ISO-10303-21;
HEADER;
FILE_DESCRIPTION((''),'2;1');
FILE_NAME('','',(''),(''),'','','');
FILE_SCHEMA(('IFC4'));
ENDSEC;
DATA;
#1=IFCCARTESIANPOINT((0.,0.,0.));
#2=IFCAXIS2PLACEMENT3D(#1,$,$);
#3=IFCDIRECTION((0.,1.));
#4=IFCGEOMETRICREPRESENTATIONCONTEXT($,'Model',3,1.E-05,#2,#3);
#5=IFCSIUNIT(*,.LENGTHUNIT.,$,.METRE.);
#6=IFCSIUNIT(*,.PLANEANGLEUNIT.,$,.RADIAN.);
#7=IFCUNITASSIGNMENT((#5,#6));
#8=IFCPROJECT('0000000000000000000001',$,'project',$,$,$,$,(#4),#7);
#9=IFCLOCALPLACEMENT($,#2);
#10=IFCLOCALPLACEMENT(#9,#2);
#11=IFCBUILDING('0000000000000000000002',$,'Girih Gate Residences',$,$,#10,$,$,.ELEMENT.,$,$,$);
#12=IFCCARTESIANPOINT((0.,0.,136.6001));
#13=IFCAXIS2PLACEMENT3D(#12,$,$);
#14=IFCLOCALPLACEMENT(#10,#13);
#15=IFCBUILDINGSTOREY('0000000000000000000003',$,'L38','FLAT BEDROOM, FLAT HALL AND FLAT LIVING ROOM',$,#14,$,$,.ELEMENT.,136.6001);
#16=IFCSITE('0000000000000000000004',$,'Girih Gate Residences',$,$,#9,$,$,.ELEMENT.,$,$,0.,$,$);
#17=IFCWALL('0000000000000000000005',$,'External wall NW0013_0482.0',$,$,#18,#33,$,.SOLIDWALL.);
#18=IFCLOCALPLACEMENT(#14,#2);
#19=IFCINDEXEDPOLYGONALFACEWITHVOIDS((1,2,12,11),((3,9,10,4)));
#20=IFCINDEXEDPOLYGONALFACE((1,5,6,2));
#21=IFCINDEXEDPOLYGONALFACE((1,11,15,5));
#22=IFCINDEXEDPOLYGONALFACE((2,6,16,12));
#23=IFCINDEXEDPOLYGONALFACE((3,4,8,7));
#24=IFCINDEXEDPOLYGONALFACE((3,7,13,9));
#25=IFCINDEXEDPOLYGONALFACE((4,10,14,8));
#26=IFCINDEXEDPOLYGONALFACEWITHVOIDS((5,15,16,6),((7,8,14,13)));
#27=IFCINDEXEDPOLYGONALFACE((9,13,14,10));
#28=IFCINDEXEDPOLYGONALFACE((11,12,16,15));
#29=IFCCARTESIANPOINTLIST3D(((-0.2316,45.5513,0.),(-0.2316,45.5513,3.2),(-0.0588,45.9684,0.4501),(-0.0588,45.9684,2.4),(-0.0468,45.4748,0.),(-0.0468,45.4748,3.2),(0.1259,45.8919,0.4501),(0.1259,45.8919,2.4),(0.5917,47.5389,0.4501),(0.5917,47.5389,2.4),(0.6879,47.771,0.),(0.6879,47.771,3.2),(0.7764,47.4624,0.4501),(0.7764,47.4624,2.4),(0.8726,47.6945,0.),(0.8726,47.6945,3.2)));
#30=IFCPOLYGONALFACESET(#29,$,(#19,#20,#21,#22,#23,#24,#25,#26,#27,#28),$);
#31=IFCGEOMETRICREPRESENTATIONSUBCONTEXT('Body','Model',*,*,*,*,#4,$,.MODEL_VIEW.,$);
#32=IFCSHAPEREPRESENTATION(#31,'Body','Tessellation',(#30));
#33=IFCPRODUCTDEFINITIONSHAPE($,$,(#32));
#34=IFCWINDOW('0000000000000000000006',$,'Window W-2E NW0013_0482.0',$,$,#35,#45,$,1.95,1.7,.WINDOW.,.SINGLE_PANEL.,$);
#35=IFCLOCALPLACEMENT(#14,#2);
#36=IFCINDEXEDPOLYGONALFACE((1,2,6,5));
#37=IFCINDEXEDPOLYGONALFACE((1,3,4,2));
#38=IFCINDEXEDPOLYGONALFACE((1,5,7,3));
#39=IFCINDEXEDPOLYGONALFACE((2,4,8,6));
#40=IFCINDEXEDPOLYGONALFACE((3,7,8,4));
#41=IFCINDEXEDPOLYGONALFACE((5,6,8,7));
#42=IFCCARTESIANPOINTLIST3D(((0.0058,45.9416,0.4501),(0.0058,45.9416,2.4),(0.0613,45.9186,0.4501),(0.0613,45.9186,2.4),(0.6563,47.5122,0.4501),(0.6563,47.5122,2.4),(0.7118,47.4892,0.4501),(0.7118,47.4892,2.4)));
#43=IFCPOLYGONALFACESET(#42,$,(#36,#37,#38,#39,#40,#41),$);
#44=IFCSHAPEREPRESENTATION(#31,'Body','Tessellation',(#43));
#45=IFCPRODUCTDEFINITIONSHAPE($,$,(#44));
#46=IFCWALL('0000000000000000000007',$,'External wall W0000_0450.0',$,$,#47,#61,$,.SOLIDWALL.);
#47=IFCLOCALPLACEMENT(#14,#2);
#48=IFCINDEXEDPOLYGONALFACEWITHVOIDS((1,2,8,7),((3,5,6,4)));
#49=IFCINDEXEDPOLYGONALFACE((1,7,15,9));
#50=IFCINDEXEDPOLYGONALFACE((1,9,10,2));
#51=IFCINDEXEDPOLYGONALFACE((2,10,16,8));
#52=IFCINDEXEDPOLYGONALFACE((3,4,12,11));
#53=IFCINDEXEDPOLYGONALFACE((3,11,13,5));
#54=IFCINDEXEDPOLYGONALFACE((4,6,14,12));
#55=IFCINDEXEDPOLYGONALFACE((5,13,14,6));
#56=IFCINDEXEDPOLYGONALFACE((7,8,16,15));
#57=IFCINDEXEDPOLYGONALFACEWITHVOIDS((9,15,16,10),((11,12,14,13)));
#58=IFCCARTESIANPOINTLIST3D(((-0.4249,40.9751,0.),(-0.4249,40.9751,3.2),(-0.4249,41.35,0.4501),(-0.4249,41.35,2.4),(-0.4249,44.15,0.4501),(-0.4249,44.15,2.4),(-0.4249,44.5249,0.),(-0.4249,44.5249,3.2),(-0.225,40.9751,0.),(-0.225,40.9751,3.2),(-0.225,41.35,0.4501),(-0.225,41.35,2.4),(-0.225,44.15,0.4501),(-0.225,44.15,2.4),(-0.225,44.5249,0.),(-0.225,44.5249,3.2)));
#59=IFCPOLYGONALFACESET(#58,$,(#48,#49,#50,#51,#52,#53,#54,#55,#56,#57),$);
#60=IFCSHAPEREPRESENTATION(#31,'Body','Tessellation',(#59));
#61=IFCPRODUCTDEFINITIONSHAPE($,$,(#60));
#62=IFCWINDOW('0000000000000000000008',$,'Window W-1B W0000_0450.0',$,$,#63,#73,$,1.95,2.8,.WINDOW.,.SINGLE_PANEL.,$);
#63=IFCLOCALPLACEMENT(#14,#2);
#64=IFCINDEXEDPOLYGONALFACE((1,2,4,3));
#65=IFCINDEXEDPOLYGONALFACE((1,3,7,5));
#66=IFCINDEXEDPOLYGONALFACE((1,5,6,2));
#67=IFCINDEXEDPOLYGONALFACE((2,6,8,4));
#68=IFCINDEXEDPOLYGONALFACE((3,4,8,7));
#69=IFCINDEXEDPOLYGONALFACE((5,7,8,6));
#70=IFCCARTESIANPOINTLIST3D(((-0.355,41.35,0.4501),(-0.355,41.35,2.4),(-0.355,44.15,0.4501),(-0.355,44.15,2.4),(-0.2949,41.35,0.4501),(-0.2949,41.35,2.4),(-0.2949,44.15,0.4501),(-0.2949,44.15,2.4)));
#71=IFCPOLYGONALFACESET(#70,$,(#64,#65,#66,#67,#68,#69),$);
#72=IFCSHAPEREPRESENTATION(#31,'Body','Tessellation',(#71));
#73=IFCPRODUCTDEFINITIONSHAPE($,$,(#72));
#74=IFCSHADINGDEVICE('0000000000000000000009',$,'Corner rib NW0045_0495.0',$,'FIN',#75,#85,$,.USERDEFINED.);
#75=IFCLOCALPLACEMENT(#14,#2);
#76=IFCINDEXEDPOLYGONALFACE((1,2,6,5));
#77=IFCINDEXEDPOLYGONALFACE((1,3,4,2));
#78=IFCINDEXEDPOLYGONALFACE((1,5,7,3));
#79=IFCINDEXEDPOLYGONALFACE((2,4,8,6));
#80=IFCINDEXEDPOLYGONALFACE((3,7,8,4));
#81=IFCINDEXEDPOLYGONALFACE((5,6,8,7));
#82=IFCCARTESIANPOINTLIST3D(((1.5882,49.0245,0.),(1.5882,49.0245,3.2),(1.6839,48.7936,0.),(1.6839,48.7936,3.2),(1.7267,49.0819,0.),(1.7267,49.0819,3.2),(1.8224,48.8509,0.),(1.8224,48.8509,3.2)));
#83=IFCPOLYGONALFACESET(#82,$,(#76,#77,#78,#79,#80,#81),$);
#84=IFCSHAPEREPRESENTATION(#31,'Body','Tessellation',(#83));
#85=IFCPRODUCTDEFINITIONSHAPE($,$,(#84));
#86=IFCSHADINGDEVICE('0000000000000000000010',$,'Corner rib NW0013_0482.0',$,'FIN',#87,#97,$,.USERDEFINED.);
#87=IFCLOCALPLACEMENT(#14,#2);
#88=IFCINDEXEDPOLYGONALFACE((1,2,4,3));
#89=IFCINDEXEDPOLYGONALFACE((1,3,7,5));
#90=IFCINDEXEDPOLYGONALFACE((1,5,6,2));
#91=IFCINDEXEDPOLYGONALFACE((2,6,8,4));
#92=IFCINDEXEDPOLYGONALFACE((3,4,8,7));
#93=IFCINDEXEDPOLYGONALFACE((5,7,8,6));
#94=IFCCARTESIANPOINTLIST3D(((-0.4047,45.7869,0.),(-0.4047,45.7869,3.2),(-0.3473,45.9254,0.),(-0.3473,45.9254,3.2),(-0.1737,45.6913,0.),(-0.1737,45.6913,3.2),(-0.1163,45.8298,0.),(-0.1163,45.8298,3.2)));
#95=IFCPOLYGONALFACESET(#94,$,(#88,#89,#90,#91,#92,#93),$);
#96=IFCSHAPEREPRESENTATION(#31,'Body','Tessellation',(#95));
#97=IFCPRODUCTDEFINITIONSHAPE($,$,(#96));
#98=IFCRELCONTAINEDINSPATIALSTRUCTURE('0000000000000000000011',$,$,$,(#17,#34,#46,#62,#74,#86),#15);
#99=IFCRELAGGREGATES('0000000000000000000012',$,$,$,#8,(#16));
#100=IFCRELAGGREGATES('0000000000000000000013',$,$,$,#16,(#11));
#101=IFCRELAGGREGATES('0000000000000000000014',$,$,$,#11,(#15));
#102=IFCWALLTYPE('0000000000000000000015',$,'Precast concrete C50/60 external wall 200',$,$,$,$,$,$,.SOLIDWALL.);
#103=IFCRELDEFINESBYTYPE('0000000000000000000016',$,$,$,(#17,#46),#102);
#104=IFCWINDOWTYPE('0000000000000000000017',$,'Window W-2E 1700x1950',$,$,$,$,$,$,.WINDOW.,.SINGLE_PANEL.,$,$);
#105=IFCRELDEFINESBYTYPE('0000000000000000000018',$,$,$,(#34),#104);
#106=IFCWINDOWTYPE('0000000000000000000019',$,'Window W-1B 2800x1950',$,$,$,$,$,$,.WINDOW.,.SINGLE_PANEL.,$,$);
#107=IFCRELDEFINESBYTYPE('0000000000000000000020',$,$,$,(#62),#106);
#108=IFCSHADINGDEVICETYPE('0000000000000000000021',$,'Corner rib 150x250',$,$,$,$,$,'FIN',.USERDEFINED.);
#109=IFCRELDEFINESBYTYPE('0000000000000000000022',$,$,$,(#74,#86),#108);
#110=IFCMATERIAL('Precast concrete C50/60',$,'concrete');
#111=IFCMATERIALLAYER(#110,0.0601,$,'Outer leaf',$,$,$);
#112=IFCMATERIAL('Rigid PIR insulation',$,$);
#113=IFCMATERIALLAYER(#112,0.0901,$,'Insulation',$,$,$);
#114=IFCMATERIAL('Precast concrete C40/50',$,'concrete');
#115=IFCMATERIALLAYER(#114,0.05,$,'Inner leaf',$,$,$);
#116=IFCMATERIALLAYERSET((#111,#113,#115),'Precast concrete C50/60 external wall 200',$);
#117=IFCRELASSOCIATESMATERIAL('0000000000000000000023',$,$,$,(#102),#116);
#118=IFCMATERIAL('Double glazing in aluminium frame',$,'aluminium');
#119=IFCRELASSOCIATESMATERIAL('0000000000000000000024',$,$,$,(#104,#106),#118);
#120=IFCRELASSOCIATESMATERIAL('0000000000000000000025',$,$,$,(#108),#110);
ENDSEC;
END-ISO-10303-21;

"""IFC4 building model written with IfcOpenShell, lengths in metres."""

from ifc_helpers import new_model, si_unit, direction, frame, frame_2d, origin, origin_2d, place, context, subcontext, project, spatial, rectangle, extrude, material, layer, layer_set, type_object, element, fill, save


model = new_model("IFC4")

# Units and contexts
model_context = context("Model", 3, precision=1e-05, world=origin(), true_north=direction((0.0, 1.0)))
body_context = subcontext(model_context, "Body", "Model", "MODEL_VIEW")
ifc_project = project(units=[si_unit("LENGTHUNIT", "METRE"), si_unit("PLANEANGLEUNIT", "RADIAN")], contexts=[model_context])

# Site, building, storey
site_placement = place(None, origin())
site = spatial("IfcSite", under=ifc_project, at=site_placement, Name="Girih Gate Residences", CompositionType="ELEMENT", RefElevation=0.0)
building_placement = place(site_placement, origin())
building = spatial("IfcBuilding", under=site, at=building_placement, Name="Girih Gate Residences", CompositionType="ELEMENT")
storey_placement = place(building_placement, frame((0.0, 0.0, 136.6001)))
storey = spatial("IfcBuildingStorey", under=building, at=storey_placement, Name="L38", Description="FLAT BEDROOM, FLAT HALL AND FLAT LIVING ROOM", CompositionType="ELEMENT", Elevation=136.6001)

# Walls, openings, windows
ifc_material_1 = material(Name="Precast concrete C50/60", Category="concrete")
ifc_layer_1 = layer(ifc_material_1, 0.0601, Name="Outer leaf")
ifc_material_2 = material(Name="Rigid PIR insulation")
ifc_layer_2 = layer(ifc_material_2, 0.0901, Name="Insulation")
ifc_material_3 = material(Name="Precast concrete C40/50", Category="concrete")
ifc_layer_3 = layer(ifc_material_3, 0.05, Name="Inner leaf")
ifc_layer_set_1 = layer_set([ifc_layer_1, ifc_layer_2, ifc_layer_3], Name="Precast concrete C50/60 external wall 200")
wall_type_1 = type_object("IfcWallType", Name="Precast concrete C50/60 external wall 200", PredefinedType="SOLIDWALL", material=ifc_layer_set_1)
ifc_material_4 = material(Name="Double glazing in aluminium frame", Category="aluminium")
window_type_1 = type_object("IfcWindowType", Name="Window W-2E 1700x1950", PartitioningType="SINGLE_PANEL", PredefinedType="WINDOW", material=ifc_material_4)
wall_1_placement = place(storey_placement, frame((-0.1392, 45.5132, 0.0), z_axis=(0.0, 0.0, 1.0), x_axis=(0.382681, 0.923881, 0.0)))
wall_1 = element("IfcWall", 1, at=wall_1_placement, inside=storey, type_object=wall_type_1, Name="External wall NW0013_0482.0", PredefinedType="SOLIDWALL", context=body_context, shape_type="SweptSolid", body=[
    extrude(rectangle(XDim=2.4026, YDim=0.2, at=frame_2d((1.2012, 0.0))), origin(), (0.0, 0.0, 1.0), 3.2),
])
opening_1_placement = place(wall_1_placement, frame((0.4512, 0.0, 0.45)))
opening_1 = element("IfcOpeningElement", 2, at=opening_1_placement, cuts=wall_1, PredefinedType="OPENING", context=body_context, shape_type="SweptSolid", body=[
    extrude(rectangle(XDim=1.7, YDim=1.95, at=frame_2d((0.8501, 0.9751))), frame((0.0, 0.1099, 0.0), z_axis=(0.0, -1.0, 0.0), x_axis=(1.0, 0.0, 0.0)), (0.0, 0.0, 1.0), 0.22),
])
window_1_placement = place(opening_1_placement, origin())
window_1 = element("IfcWindow", 3, at=window_1_placement, inside=storey, type_object=window_type_1, Name="Window W-2E NW0013_0482.0", OverallHeight=1.95, OverallWidth=1.7, PartitioningType="SINGLE_PANEL", PredefinedType="WINDOW", context=body_context, shape_type="SweptSolid", body=[
    extrude(rectangle(XDim=1.7, YDim=1.95, at=frame_2d((0.8501, 0.9751))), frame((0.0, 0.03, 0.0), z_axis=(0.0, -1.0, 0.0), x_axis=(1.0, 0.0, 0.0)), (0.0, 0.0, 1.0), 0.0601),
])
fill(opening_1, window_1)
wall_2_placement = place(storey_placement, frame((-0.325, 40.9751, 0.0), z_axis=(0.0, 0.0, 1.0), x_axis=(0.0, 1.0, 0.0)))
wall_2 = element("IfcWall", 4, at=wall_2_placement, inside=storey, type_object=wall_type_1, Name="External wall W0000_0450.0", PredefinedType="SOLIDWALL", context=body_context, shape_type="SweptSolid", body=[
    extrude(rectangle(XDim=3.5498, YDim=0.2, at=frame_2d((1.7749, 0.0))), origin(), (0.0, 0.0, 1.0), 3.2),
])
opening_2_placement = place(wall_2_placement, frame((0.375, 0.0, 0.45)))
opening_2 = element("IfcOpeningElement", 5, at=opening_2_placement, cuts=wall_2, PredefinedType="OPENING", context=body_context, shape_type="SweptSolid", body=[
    extrude(rectangle(XDim=2.8, YDim=1.95, at=frame_2d((1.3999, 0.9751))), frame((0.0, 0.1099, 0.0), z_axis=(0.0, -1.0, 0.0), x_axis=(1.0, 0.0, 0.0)), (0.0, 0.0, 1.0), 0.22),
])
window_type_2 = type_object("IfcWindowType", Name="Window W-1B 2800x1950", PartitioningType="SINGLE_PANEL", PredefinedType="WINDOW", material=ifc_material_4)
window_2_placement = place(opening_2_placement, origin())
window_2 = element("IfcWindow", 6, at=window_2_placement, inside=storey, type_object=window_type_2, Name="Window W-1B W0000_0450.0", OverallHeight=1.95, OverallWidth=2.8, PartitioningType="SINGLE_PANEL", PredefinedType="WINDOW", context=body_context, shape_type="SweptSolid", body=[
    extrude(rectangle(XDim=2.8, YDim=1.95, at=frame_2d((1.3999, 0.9751))), frame((0.0, 0.03, 0.0), z_axis=(0.0, -1.0, 0.0), x_axis=(1.0, 0.0, 0.0)), (0.0, 0.0, 1.0), 0.0601),
])
fill(opening_2, window_2)

# Shading devices
shading_device_type = type_object("IfcShadingDeviceType", Name="Corner rib 150x250", ElementType="FIN", PredefinedType="USERDEFINED", material=ifc_material_1)
for number, where, z_axis, x_axis, name in (
    (7, (1.7053, 48.9377, 0.0), (0.0, 0.0, 1.0), (-0.92388, -0.382683, 0.0), "Corner rib NW0045_0495.0"),
    (8, (-0.2605, 45.8083, 0.0), (0.0, 0.0, 1.0), (-0.382683, -0.92388, 0.0), "Corner rib NW0013_0482.0"),
):
    element("IfcShadingDevice", number, at=place(storey_placement, frame(where, z_axis=z_axis, x_axis=x_axis)), inside=storey, type_object=shading_device_type, Name=name, ObjectType="FIN", PredefinedType="USERDEFINED", context=body_context, shape_type="SweptSolid", body=[
        extrude(rectangle(XDim=0.1499, YDim=0.25, at=origin_2d()), origin(), (0.0, 0.0, 1.0), 3.2),
    ])

save(model, "model.ifc")
